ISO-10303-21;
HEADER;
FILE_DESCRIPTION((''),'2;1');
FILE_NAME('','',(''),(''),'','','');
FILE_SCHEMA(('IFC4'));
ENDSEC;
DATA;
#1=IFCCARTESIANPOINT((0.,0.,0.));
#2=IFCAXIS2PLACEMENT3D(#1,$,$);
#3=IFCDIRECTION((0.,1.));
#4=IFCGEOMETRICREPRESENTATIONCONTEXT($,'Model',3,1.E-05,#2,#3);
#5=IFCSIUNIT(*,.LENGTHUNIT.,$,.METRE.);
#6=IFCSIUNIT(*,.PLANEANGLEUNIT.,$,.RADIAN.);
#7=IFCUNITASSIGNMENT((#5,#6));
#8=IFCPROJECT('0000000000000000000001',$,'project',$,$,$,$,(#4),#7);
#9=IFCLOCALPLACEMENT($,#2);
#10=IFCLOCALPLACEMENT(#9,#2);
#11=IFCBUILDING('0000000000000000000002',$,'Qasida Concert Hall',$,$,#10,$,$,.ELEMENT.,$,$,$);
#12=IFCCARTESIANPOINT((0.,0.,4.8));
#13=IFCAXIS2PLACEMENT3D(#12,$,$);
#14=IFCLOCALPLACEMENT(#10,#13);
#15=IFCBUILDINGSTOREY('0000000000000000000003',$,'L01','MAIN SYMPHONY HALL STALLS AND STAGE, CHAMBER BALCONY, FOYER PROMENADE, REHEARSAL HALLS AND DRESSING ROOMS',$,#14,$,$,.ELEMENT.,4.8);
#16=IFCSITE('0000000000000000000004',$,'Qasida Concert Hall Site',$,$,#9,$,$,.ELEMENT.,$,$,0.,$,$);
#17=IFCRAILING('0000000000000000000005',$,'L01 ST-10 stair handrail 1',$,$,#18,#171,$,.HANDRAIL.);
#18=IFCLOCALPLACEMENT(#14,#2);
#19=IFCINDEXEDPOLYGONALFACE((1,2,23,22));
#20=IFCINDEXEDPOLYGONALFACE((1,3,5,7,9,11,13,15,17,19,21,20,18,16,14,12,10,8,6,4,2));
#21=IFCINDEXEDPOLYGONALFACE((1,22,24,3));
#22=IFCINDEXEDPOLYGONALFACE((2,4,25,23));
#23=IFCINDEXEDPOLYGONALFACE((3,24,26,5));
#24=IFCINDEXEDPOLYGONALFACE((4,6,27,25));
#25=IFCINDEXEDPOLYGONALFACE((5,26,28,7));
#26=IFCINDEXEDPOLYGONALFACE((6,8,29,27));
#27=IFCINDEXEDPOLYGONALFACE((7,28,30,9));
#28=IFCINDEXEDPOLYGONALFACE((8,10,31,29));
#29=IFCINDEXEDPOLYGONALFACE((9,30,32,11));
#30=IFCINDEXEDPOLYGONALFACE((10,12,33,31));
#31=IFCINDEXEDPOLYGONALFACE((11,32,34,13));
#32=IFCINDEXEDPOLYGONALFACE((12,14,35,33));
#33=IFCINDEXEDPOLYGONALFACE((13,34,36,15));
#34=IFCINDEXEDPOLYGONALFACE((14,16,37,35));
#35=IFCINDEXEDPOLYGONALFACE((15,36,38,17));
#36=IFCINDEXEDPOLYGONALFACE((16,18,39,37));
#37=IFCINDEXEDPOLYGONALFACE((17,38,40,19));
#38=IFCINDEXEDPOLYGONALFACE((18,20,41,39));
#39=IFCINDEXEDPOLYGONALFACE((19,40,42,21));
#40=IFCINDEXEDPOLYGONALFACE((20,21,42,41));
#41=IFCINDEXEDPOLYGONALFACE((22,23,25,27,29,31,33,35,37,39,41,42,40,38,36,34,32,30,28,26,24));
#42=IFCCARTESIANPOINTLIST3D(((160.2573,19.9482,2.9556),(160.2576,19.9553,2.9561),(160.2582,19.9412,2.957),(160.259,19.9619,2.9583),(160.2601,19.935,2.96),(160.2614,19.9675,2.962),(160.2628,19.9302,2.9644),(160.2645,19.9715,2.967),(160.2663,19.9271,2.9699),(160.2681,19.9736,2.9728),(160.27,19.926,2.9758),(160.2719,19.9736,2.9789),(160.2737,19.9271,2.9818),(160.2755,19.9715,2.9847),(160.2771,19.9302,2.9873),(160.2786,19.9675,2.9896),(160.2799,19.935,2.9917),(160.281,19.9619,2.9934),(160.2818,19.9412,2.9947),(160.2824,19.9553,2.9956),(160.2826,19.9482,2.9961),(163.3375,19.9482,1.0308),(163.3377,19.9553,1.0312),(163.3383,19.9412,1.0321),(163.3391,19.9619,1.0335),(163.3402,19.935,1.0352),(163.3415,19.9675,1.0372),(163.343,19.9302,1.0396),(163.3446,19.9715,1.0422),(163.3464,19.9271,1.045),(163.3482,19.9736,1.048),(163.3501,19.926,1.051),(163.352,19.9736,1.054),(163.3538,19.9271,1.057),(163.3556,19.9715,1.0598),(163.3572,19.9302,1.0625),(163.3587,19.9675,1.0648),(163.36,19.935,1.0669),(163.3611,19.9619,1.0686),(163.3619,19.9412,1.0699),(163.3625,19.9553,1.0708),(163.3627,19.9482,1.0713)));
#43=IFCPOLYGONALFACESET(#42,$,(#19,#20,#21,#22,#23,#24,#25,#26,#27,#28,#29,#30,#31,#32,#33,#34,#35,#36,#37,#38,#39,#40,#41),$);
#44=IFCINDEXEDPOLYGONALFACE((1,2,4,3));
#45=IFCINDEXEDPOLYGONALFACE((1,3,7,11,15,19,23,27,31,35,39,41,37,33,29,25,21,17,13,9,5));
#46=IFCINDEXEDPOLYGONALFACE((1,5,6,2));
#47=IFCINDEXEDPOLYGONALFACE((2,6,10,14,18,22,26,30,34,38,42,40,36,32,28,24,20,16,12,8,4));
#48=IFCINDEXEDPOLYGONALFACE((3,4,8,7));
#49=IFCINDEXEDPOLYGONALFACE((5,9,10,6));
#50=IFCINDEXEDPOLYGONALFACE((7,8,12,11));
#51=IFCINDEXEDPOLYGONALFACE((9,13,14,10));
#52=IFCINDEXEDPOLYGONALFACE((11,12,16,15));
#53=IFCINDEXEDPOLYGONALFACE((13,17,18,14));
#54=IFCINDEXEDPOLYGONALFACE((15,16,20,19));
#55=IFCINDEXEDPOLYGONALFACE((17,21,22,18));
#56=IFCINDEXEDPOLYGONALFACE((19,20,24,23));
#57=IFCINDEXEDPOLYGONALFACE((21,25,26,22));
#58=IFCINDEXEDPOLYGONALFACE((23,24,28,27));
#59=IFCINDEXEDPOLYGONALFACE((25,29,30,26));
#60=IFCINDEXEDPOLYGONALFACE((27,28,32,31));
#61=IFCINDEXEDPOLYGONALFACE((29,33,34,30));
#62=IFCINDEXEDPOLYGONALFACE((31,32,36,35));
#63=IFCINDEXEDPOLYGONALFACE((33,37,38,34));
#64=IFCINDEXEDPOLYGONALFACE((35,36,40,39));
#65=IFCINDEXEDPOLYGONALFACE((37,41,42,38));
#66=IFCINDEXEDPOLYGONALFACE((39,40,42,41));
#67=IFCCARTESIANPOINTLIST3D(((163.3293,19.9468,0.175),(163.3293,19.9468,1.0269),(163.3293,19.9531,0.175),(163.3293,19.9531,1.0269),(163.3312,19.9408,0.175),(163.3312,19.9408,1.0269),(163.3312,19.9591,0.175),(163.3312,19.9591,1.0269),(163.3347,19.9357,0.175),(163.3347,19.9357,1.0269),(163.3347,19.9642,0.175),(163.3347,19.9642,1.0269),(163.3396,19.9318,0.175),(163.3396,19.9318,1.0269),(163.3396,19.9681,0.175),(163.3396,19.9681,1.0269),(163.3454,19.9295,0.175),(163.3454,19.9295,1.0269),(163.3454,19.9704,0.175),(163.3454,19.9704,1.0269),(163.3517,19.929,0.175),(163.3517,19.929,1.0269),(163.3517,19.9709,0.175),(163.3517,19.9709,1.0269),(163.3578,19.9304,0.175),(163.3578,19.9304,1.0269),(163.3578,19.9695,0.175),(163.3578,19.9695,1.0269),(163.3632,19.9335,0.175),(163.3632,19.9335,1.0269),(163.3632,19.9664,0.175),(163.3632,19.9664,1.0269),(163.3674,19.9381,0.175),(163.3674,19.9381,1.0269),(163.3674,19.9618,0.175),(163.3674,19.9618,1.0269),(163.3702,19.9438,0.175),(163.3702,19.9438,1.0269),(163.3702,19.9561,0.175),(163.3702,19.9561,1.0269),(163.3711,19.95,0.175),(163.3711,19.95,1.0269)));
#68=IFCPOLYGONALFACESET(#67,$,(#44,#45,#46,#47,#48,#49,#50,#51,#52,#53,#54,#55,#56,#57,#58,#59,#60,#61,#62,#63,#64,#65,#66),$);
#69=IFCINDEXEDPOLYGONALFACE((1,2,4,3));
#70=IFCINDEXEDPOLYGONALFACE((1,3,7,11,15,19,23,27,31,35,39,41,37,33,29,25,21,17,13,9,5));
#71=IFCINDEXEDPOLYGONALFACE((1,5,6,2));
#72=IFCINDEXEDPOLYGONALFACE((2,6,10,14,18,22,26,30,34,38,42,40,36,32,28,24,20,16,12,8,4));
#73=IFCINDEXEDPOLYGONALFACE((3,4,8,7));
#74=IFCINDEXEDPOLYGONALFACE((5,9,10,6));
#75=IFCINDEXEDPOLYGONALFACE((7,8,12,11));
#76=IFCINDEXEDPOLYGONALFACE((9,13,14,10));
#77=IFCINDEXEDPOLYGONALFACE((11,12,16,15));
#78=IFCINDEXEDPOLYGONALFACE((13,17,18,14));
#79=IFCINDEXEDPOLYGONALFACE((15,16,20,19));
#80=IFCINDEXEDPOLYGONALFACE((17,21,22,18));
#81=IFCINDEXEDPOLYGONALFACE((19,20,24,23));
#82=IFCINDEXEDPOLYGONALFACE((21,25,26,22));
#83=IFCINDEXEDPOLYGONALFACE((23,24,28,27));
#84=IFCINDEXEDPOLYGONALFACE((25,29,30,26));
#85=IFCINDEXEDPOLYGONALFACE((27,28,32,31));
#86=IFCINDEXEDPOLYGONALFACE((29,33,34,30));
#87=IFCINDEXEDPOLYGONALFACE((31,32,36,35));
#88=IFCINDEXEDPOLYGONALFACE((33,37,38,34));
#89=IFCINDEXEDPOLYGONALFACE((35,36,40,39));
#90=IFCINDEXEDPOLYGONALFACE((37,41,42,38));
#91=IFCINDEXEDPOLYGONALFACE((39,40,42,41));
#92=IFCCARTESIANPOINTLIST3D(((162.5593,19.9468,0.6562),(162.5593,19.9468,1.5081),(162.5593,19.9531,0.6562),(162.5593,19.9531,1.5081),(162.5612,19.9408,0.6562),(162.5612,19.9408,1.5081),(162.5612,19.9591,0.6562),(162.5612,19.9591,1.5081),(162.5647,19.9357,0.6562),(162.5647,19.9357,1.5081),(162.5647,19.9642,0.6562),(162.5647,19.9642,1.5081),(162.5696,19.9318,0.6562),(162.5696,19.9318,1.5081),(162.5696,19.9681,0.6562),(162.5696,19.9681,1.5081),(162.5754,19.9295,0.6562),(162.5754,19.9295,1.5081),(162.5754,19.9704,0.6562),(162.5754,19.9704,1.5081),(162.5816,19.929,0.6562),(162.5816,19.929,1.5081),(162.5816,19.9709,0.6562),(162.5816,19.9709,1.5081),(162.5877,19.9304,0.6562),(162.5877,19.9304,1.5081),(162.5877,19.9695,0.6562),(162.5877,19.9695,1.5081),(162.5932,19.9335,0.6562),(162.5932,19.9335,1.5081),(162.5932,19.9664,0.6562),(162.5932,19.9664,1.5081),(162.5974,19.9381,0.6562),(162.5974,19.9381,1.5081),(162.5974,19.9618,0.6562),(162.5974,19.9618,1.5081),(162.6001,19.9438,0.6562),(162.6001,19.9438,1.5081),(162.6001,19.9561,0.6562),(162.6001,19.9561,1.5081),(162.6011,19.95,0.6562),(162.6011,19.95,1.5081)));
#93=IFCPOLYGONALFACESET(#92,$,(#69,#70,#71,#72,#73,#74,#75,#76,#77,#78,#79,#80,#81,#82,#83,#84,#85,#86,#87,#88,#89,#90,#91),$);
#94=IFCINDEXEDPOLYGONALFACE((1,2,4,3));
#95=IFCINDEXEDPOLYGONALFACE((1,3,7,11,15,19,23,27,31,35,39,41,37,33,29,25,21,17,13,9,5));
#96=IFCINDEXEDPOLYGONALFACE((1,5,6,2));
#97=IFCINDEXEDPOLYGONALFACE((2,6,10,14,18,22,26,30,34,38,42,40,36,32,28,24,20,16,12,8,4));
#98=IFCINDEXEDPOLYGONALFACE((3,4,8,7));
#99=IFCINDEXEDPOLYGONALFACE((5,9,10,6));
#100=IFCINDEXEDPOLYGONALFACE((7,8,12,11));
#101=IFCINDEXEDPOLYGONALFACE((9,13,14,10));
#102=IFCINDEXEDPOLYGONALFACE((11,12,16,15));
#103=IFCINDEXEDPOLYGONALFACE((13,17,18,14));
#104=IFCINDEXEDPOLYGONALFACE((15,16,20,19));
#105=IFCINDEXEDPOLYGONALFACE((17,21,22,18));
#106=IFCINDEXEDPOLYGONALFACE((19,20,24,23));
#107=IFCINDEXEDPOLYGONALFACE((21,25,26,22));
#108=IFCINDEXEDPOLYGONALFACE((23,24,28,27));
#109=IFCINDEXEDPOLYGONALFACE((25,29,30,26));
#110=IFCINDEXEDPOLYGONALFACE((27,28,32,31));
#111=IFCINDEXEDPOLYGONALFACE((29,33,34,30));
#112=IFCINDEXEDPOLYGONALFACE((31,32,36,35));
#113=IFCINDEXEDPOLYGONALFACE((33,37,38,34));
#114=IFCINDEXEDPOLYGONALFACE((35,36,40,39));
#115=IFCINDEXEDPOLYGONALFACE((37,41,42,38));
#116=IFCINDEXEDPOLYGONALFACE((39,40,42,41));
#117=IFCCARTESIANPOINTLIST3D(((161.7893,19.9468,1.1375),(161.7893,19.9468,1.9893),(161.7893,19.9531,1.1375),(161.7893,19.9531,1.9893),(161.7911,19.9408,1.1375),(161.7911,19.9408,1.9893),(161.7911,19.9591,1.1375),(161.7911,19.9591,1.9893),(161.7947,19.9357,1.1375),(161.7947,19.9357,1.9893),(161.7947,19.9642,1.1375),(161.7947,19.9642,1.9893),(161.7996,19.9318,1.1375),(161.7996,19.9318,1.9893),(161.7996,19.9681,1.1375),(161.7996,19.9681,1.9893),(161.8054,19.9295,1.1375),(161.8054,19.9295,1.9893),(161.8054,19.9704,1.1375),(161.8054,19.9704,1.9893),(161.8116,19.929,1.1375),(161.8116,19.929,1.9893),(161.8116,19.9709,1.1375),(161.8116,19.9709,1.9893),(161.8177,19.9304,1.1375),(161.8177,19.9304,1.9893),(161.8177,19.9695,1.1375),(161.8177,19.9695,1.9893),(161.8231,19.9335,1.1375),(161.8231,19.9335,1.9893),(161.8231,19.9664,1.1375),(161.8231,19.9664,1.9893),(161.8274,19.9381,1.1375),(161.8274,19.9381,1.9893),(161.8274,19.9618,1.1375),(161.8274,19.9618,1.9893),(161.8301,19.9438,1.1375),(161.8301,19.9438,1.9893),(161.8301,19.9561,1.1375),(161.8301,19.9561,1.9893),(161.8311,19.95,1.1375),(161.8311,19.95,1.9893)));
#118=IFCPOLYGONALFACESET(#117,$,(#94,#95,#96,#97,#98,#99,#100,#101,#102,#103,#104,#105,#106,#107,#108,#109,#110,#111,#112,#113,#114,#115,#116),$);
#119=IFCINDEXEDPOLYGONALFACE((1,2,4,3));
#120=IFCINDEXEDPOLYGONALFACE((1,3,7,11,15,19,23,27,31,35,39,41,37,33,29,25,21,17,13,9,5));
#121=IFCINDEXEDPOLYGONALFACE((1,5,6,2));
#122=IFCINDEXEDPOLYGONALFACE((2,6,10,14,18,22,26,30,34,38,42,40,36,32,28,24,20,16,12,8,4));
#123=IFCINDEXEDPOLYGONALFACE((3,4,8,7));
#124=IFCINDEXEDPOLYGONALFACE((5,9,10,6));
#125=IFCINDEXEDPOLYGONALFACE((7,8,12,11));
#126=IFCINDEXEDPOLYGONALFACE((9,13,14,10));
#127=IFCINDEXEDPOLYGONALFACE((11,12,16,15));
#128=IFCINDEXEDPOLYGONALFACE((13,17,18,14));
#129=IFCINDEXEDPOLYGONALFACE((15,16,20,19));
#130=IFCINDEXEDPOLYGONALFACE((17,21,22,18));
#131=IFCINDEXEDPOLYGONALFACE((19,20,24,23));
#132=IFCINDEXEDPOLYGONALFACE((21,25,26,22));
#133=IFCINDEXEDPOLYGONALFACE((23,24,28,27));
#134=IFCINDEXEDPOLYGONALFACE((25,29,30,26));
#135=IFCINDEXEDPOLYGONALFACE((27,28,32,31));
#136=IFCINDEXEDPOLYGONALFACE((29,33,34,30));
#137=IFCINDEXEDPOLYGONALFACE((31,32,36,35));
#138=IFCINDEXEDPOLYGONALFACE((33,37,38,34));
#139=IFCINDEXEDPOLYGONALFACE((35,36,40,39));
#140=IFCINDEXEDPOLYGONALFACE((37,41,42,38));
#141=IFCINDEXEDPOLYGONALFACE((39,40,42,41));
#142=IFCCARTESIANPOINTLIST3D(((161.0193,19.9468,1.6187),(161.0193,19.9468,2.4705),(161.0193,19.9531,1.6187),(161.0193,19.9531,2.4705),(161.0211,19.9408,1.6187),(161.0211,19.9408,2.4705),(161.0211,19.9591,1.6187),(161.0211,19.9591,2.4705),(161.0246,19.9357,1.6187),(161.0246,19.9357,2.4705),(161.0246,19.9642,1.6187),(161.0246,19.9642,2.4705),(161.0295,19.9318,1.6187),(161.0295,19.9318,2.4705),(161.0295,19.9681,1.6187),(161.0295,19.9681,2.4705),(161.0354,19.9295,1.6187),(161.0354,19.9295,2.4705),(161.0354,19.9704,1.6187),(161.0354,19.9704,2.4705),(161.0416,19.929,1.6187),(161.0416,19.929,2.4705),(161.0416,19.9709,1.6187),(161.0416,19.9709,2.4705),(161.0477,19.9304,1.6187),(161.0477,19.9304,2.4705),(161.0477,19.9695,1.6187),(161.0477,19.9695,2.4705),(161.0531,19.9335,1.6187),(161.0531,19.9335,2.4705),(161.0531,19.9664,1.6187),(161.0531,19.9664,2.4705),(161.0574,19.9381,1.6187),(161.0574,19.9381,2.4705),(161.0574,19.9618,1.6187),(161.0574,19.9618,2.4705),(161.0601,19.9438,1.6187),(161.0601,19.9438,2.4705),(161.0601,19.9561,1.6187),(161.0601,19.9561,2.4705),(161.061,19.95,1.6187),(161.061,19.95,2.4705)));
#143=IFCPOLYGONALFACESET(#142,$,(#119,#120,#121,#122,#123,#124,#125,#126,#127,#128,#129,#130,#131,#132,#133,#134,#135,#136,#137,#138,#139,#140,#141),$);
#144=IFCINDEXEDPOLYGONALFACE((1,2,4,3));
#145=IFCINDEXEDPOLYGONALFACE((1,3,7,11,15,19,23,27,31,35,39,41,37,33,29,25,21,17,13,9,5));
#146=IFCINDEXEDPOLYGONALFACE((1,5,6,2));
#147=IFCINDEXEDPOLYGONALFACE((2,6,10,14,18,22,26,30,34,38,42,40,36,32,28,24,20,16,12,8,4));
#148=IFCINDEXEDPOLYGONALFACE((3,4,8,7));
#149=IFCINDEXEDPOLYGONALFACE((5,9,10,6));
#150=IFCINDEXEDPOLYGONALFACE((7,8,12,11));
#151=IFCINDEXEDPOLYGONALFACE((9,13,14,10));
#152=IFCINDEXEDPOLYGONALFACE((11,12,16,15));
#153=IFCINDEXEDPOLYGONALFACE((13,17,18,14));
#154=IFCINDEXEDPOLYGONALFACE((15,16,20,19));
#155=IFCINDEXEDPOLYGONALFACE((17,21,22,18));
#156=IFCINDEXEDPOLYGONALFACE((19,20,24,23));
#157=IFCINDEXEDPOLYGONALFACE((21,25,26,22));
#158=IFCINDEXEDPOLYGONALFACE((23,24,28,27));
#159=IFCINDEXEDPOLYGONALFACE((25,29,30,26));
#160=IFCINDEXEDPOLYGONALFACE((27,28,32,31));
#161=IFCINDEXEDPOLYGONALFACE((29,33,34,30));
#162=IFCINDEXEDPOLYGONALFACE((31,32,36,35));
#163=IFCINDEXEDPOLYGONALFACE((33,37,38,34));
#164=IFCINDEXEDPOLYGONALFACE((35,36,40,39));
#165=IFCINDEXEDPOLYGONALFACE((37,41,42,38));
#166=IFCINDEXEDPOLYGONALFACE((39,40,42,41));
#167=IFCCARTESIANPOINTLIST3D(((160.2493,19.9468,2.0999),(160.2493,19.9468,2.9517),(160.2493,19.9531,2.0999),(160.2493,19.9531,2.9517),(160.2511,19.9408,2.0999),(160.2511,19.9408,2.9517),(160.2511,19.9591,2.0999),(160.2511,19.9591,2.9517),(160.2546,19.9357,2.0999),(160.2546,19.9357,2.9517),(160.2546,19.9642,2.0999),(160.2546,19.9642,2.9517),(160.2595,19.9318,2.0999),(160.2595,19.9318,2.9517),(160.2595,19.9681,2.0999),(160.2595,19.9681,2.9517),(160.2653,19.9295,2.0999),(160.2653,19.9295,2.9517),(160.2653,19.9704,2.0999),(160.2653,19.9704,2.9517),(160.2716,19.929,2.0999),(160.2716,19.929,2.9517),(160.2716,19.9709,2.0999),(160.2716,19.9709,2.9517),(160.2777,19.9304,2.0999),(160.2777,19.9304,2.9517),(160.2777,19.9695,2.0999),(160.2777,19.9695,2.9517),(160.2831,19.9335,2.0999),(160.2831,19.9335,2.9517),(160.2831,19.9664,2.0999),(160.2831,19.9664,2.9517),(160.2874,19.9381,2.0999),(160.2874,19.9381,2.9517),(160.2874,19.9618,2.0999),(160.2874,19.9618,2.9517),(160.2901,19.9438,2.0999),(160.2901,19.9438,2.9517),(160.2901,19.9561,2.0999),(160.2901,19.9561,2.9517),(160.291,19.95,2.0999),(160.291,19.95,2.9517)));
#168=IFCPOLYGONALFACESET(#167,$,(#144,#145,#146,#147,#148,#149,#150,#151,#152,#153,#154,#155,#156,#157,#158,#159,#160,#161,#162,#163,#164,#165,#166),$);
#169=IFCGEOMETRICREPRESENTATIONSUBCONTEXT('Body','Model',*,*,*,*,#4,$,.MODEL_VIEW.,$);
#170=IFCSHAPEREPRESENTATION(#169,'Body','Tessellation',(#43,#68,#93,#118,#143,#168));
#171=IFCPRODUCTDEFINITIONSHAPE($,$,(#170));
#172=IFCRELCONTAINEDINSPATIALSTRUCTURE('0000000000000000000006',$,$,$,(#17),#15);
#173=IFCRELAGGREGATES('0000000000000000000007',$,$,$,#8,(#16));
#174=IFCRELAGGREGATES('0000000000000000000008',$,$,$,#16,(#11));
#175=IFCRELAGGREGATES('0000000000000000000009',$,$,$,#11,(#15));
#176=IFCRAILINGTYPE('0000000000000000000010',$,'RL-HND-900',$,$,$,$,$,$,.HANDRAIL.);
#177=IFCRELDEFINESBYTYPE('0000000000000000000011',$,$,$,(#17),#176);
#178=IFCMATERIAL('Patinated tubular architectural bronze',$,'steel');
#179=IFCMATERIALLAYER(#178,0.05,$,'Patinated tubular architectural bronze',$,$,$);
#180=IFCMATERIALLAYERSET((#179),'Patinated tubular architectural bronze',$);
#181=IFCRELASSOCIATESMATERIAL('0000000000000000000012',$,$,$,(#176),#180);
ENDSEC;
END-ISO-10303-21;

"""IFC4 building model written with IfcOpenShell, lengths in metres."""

from ifc_helpers import new_model, si_unit, direction, frame, origin, origin_2d, place, context, subcontext, project, spatial, circle, extrude, material, layer, layer_set, type_object, element, save


model = new_model("IFC4")

# Units and contexts
model_context = context("Model", 3, precision=1e-05, world=origin(), true_north=direction((0.0, 1.0)))
body_context = subcontext(model_context, "Body", "Model", "MODEL_VIEW")
ifc_project = project(units=[si_unit("LENGTHUNIT", "METRE"), si_unit("PLANEANGLEUNIT", "RADIAN")], contexts=[model_context])

# Site, building, storey
site_placement = place(None, origin())
site = spatial("IfcSite", under=ifc_project, at=site_placement, Name="Qasida Concert Hall Site", CompositionType="ELEMENT", RefElevation=0.0)
building_placement = place(site_placement, origin())
building = spatial("IfcBuilding", under=site, at=building_placement, Name="Qasida Concert Hall", CompositionType="ELEMENT")
storey_placement = place(building_placement, frame((0.0, 0.0, 4.8)))
storey = spatial("IfcBuildingStorey", under=building, at=storey_placement, Name="L01", Description="MAIN SYMPHONY HALL STALLS AND STAGE, CHAMBER BALCONY, FOYER PROMENADE, REHEARSAL HALLS AND DRESSING ROOMS", CompositionType="ELEMENT", Elevation=4.8)

# Railing
ifc_material_1 = material(Name="Patinated tubular architectural bronze", Category="steel")
ifc_layer_1 = layer(ifc_material_1, 0.05, Name="Patinated tubular architectural bronze")
ifc_layer_set_1 = layer_set([ifc_layer_1], Name="Patinated tubular architectural bronze")
railing_type_1 = type_object("IfcRailingType", Name="RL-HND-900", PredefinedType="HANDRAIL", material=ifc_layer_set_1)
railing_1_placement = place(storey_placement, frame((163.3501, 19.95, 0.175)))
element("IfcRailing", 1, at=railing_1_placement, inside=storey, type_object=railing_type_1, Name="L01 ST-10 stair handrail 1", PredefinedType="HANDRAIL", context=body_context, shape_type="SweptSolid", body=[
    extrude(circle(Radius=0.0239, at=origin_2d()), frame((0.0, 0.0, 0.876), z_axis=(-0.848029, 0.0, 0.529951), x_axis=(0.0, -1.0, 0.0)), (0.0, 0.0, 1.0), 3.6321),
    extrude(circle(Radius=0.021, at=origin_2d()), origin(), (0.0, 0.0, 1.0), 0.8518),
    extrude(circle(Radius=0.021, at=origin_2d()), frame((-0.77, 0.0, 0.4812)), (0.0, 0.0, 1.0), 0.8518),
    extrude(circle(Radius=0.021, at=origin_2d()), frame((-1.54, 0.0, 0.9624)), (0.0, 0.0, 1.0), 0.8518),
    extrude(circle(Radius=0.021, at=origin_2d()), frame((-2.3101, 0.0, 1.4436)), (0.0, 0.0, 1.0), 0.8518),
    extrude(circle(Radius=0.021, at=origin_2d()), frame((-3.0801, 0.0, 1.9248)), (0.0, 0.0, 1.0), 0.8518),
])

save(model, "model.ifc")
